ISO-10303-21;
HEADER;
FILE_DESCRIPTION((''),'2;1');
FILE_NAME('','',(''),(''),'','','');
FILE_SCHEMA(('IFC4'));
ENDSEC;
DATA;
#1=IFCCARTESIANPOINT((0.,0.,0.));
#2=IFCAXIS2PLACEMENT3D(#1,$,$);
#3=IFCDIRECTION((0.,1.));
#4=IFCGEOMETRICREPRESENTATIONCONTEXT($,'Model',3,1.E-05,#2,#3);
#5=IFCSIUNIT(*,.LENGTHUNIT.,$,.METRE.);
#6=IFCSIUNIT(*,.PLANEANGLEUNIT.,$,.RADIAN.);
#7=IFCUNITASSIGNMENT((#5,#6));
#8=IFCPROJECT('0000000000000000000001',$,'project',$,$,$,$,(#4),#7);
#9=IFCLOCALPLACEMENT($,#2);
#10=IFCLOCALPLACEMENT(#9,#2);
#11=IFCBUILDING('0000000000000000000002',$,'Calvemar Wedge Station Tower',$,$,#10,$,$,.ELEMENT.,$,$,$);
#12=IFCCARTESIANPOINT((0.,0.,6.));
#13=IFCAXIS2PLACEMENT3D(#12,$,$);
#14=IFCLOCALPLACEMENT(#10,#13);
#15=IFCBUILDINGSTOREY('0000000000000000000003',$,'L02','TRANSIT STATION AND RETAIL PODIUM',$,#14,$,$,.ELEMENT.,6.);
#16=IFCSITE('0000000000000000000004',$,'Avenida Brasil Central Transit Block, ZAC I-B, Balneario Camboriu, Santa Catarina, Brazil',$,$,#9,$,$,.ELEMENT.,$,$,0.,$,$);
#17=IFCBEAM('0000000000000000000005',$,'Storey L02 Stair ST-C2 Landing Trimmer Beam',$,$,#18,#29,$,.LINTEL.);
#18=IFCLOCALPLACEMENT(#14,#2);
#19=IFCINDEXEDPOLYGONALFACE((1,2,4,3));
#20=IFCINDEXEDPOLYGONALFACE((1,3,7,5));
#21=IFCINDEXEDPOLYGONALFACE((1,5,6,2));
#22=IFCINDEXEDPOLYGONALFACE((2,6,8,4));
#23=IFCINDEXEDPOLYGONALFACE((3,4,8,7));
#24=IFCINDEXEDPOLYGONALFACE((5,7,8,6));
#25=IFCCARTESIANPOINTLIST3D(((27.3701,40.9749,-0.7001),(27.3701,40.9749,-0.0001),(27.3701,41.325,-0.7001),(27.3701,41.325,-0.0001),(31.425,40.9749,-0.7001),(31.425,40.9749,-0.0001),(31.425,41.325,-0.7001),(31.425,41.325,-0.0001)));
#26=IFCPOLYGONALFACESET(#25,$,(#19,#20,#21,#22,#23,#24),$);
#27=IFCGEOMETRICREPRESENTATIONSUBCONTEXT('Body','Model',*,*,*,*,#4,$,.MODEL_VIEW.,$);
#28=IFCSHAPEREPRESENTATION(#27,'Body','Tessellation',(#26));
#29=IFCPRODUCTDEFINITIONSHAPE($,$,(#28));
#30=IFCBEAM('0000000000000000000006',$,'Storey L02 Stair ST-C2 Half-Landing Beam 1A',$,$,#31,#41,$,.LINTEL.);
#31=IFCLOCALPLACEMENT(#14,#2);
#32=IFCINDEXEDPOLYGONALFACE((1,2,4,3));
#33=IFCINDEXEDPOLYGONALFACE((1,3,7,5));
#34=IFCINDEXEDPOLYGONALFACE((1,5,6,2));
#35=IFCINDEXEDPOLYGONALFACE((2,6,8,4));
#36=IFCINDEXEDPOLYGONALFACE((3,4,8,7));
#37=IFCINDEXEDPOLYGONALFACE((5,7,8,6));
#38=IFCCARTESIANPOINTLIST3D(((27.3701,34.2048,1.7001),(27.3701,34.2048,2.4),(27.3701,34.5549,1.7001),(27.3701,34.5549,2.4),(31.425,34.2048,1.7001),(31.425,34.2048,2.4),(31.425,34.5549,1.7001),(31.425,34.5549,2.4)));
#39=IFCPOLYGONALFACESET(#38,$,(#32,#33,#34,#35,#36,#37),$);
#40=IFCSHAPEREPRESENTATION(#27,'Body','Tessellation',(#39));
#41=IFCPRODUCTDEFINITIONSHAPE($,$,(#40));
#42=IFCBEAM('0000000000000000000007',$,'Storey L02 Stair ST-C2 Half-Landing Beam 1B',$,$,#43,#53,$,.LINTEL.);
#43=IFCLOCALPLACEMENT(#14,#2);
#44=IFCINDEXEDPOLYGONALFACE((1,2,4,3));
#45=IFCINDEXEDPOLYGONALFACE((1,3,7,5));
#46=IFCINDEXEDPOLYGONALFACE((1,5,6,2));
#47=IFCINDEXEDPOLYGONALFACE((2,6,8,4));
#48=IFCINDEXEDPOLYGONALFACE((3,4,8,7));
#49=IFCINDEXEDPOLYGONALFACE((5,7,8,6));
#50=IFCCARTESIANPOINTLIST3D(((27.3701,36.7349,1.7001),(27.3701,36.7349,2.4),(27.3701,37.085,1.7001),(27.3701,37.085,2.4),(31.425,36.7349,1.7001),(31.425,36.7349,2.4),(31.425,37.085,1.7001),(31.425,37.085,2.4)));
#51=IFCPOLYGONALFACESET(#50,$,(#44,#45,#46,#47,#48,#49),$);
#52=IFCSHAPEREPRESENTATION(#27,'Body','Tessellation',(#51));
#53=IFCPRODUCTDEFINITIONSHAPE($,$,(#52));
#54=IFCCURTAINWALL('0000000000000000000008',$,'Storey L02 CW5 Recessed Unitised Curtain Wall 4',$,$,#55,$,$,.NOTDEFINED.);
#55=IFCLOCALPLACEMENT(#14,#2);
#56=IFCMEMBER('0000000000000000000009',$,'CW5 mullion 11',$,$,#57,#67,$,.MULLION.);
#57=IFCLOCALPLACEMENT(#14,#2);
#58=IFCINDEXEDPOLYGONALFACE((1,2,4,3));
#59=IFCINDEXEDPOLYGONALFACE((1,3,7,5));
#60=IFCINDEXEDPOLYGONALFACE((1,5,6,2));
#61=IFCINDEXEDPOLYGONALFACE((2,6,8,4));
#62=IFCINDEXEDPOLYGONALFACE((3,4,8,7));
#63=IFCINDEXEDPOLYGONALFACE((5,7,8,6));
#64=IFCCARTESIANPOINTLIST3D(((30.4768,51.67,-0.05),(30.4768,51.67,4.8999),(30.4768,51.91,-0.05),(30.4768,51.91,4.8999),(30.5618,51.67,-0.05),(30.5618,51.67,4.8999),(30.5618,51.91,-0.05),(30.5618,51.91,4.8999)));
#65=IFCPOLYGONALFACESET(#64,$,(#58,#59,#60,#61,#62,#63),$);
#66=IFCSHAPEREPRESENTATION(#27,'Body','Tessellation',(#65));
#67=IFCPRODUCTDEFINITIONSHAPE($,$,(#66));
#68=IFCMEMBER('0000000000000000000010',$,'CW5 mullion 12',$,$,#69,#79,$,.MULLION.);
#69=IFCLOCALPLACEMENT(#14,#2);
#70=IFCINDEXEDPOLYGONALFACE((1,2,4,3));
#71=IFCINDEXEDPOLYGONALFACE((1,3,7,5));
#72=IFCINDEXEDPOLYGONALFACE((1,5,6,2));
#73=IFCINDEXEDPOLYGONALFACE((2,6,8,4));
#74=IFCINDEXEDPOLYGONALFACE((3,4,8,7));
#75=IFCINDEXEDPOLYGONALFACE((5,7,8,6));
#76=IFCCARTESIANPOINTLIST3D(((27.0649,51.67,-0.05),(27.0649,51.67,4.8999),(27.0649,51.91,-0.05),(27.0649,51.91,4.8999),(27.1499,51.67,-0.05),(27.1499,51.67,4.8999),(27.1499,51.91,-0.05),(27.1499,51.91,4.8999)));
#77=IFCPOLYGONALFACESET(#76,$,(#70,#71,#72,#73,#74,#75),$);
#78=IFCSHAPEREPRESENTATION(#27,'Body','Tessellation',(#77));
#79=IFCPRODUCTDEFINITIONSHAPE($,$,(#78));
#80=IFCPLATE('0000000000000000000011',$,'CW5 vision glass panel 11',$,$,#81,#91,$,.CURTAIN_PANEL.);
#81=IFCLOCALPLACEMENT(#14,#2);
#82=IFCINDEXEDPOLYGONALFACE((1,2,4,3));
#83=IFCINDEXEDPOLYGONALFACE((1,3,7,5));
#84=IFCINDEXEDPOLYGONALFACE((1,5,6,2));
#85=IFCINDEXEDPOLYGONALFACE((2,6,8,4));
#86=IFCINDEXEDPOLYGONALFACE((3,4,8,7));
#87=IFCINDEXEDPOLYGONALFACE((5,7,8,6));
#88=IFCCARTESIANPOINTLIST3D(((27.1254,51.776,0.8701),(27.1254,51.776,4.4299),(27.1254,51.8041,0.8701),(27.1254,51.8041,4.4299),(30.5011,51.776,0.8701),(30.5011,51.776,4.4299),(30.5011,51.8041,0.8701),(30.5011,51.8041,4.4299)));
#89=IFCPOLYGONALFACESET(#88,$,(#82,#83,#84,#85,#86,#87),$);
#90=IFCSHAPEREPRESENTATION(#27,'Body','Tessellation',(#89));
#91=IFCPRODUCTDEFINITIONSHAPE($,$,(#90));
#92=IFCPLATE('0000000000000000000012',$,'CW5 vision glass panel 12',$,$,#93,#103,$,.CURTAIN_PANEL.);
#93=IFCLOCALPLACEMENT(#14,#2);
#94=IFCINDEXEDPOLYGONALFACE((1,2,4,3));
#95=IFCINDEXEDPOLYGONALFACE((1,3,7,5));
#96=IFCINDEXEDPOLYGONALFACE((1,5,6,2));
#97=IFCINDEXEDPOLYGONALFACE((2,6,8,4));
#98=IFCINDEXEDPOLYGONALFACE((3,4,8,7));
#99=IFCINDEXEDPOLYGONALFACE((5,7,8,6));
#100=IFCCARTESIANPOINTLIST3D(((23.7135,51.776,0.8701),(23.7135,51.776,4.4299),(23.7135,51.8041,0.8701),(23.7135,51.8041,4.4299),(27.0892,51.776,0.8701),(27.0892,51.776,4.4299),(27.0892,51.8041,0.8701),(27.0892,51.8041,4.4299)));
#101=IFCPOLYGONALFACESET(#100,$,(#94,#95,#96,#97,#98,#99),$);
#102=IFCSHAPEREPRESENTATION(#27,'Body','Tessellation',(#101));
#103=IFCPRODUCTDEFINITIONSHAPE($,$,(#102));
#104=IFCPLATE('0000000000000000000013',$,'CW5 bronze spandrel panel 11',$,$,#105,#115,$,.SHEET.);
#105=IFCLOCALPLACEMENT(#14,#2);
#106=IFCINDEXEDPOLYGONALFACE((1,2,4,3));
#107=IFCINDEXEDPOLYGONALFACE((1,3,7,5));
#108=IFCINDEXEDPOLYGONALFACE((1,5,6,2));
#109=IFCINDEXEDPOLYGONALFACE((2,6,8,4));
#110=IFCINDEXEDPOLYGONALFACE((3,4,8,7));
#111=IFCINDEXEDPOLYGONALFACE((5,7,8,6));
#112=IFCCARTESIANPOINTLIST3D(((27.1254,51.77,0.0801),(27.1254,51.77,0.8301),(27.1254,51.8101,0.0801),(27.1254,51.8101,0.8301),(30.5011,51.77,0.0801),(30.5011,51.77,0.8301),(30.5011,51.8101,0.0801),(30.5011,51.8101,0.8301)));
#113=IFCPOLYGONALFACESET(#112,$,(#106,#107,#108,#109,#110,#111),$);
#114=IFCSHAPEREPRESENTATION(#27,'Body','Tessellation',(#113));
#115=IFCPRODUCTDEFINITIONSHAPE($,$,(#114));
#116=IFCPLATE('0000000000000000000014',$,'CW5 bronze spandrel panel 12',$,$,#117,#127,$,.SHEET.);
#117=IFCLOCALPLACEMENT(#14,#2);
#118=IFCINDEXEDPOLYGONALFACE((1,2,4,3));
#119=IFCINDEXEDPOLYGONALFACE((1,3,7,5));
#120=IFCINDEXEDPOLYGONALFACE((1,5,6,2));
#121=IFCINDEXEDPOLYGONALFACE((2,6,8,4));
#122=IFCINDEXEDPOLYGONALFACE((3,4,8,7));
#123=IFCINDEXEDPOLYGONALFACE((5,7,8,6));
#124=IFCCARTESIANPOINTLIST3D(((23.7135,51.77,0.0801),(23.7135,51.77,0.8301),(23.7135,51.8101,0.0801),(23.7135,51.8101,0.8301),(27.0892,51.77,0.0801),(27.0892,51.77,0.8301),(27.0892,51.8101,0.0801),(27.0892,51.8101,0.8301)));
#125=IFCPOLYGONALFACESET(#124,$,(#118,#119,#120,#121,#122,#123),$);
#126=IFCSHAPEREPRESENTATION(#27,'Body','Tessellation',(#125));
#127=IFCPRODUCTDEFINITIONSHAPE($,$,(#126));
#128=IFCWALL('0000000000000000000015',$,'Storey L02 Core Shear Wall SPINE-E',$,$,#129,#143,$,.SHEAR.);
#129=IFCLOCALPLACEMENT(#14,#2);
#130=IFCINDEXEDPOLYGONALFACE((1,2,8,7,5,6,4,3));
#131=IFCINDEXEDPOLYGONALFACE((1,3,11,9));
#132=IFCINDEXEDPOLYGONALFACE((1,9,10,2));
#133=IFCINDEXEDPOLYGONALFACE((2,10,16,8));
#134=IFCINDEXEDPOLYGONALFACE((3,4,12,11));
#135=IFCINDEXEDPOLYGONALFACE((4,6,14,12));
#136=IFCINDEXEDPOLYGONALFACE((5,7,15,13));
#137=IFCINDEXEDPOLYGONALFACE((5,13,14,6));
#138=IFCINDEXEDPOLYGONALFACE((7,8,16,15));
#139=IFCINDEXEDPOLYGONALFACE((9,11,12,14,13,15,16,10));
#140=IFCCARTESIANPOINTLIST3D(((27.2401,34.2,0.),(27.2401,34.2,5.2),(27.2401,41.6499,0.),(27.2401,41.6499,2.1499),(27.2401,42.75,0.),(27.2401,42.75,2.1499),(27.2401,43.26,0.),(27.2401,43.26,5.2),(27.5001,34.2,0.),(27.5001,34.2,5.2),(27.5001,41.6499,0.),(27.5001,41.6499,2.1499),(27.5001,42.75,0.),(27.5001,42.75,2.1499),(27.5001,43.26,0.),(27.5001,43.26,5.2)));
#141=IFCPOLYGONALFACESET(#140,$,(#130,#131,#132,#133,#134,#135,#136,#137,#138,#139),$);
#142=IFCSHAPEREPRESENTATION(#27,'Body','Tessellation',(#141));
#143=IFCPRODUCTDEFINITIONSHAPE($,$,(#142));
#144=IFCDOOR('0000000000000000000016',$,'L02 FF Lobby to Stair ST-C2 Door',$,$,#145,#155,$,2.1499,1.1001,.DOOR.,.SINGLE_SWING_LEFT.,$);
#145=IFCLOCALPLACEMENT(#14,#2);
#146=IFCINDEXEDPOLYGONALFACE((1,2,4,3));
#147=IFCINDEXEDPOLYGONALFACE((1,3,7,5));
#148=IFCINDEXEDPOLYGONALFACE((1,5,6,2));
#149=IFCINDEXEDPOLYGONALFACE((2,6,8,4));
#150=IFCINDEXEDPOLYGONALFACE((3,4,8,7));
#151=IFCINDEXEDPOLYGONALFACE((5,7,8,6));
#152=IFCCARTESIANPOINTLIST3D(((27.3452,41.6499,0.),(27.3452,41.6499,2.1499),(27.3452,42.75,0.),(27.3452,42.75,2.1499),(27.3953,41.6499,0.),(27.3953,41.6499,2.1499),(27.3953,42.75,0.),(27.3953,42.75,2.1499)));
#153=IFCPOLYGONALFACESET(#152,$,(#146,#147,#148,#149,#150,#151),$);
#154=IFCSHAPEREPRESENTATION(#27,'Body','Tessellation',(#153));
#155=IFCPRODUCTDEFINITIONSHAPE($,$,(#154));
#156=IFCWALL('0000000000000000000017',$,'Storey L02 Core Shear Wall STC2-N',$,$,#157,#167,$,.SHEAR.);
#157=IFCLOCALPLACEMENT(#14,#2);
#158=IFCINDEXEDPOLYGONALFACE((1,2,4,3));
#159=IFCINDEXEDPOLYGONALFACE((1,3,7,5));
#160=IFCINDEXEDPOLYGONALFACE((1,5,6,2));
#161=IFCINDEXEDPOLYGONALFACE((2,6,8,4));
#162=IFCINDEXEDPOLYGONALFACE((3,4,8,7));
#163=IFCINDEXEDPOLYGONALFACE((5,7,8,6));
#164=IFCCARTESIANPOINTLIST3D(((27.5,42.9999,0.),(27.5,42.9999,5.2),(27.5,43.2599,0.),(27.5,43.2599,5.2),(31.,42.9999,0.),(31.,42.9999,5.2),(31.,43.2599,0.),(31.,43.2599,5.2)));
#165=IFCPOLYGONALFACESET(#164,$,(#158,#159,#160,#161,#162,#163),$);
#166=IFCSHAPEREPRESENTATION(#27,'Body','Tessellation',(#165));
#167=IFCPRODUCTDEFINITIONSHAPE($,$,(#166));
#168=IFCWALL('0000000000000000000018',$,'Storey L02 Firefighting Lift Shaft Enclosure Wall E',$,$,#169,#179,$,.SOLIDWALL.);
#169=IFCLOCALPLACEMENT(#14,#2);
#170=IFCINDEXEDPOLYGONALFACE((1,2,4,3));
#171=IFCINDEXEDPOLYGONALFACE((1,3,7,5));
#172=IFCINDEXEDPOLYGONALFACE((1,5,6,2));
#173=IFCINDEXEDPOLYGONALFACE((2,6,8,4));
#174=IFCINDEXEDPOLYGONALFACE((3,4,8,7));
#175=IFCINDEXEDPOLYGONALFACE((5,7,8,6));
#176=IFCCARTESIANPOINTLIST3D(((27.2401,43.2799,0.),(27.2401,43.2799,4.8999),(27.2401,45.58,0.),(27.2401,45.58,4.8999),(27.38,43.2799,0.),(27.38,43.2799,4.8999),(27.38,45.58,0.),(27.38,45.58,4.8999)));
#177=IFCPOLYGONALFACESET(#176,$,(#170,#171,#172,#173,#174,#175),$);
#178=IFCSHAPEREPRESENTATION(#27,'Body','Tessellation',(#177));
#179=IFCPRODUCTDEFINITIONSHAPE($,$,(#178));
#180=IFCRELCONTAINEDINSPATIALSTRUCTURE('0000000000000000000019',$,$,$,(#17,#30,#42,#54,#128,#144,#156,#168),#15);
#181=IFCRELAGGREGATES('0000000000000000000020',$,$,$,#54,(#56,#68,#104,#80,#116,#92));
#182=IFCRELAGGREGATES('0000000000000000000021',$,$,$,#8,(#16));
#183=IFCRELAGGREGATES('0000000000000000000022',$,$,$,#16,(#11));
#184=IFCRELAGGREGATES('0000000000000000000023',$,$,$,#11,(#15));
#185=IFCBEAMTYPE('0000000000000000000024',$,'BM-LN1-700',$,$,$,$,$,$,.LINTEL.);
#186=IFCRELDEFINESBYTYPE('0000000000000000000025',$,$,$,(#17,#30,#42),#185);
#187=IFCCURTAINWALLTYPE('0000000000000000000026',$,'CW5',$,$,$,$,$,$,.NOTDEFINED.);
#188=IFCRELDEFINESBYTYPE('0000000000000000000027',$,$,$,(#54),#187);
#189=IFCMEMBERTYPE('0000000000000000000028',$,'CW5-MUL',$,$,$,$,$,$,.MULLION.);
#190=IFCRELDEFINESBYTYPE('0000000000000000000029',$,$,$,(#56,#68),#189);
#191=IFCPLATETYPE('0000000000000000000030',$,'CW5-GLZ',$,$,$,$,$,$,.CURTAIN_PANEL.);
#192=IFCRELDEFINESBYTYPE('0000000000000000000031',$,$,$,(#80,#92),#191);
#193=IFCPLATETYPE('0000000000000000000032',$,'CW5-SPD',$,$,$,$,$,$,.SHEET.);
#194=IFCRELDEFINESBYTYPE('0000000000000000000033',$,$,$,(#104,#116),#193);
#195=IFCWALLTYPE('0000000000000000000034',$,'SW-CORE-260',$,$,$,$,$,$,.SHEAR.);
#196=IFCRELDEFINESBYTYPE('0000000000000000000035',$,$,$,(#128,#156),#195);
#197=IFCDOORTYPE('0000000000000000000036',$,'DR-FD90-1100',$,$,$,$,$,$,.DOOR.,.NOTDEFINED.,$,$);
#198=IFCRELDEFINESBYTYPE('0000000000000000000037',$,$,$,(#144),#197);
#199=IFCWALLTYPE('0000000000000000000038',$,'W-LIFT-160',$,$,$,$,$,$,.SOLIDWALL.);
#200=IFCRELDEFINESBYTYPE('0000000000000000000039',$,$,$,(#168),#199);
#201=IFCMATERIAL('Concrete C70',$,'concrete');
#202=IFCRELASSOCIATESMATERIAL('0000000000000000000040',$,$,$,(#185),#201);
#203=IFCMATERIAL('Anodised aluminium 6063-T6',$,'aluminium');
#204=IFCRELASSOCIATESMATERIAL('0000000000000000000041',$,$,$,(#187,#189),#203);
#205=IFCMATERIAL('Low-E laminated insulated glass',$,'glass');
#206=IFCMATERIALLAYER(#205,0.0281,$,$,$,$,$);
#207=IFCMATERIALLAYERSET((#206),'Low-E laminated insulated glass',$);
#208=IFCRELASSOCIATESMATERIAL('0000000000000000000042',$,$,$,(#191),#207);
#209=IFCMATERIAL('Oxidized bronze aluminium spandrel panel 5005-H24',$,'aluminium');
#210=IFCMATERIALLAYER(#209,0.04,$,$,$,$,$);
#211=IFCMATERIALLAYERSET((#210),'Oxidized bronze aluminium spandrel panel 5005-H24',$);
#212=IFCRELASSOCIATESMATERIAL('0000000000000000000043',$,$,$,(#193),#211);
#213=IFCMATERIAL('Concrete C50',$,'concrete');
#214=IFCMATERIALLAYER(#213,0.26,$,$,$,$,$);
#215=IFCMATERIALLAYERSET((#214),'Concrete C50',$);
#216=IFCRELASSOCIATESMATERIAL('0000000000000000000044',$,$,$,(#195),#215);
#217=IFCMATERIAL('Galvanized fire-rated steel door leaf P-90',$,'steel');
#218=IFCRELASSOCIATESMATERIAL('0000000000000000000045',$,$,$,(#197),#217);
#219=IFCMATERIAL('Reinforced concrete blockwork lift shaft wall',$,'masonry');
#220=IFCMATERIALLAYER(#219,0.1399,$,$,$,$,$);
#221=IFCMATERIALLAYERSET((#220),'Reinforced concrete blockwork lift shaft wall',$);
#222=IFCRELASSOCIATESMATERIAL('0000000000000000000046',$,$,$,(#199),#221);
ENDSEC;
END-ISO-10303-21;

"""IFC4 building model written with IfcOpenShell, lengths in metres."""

from ifc_helpers import new_model, si_unit, direction, frame, frame_2d, origin, origin_2d, place, context, subcontext, project, spatial, rectangle, extrude, source, transform, mapped, material, layer, layer_set, material_profile, profile_set, type_object, element, fill, aggregate, save


model = new_model("IFC4")

# Units and contexts
model_context = context("Model", 3, precision=1e-05, world=origin(), true_north=direction((0.0, 1.0)))
body_context = subcontext(model_context, "Body", "Model", "MODEL_VIEW")
ifc_project = project(units=[si_unit("LENGTHUNIT", "METRE"), si_unit("PLANEANGLEUNIT", "RADIAN")], contexts=[model_context])

# Site, building, storey
site_placement = place(None, origin())
site = spatial("IfcSite", under=ifc_project, at=site_placement, Name="Avenida Brasil Central Transit Block, ZAC I-B, Balneario Camboriu, Santa Catarina, Brazil", CompositionType="ELEMENT", RefElevation=0.0)
building_placement = place(site_placement, origin())
building = spatial("IfcBuilding", under=site, at=building_placement, Name="Calvemar Wedge Station Tower", CompositionType="ELEMENT")
storey_placement = place(building_placement, frame((0.0, 0.0, 6.0)))
storey = spatial("IfcBuildingStorey", under=building, at=storey_placement, Name="L02", Description="TRANSIT STATION AND RETAIL PODIUM", CompositionType="ELEMENT", Elevation=6.0)

# Beams
ifc_material_1 = material(Name="Concrete C70", Category="concrete")
ifc_material_profile_1 = material_profile(ifc_material_1, rectangle(XDim=0.3501, YDim=0.7, at=origin_2d()), Name="RC350x700")
ifc_profile_set_1 = profile_set([ifc_material_profile_1], Name="Concrete C70")
beam_type = type_object("IfcBeamType", Name="BM-LN1-700", PredefinedType="LINTEL", material=ifc_profile_set_1)
shared_shape_1 = source(origin(), body_context, "Body", "SweptSolid", [
    extrude(rectangle(XDim=0.3501, YDim=0.7, at=origin_2d()), origin(), (0.0, 0.0, 1.0), 4.0549),
])
for number, where, z_axis, x_axis, name in (
    (1, (27.3701, 41.1499, -0.3501), (1.0, 0.0, 0.0), (0.0, 1.0, 0.0), "Storey L02 Stair ST-C2 Landing Trimmer Beam"),
    (2, (27.3701, 34.3799, 2.05), (1.0, 0.0, 0.0), (0.0, 1.0, 0.0), "Storey L02 Stair ST-C2 Half-Landing Beam 1A"),
    (3, (27.3701, 36.9099, 2.05), (1.0, 0.0, 0.0), (0.0, 1.0, 0.0), "Storey L02 Stair ST-C2 Half-Landing Beam 1B"),
):
    element("IfcBeam", number, at=place(storey_placement, frame(where, z_axis=z_axis, x_axis=x_axis)), inside=storey, type_object=beam_type, Name=name, PredefinedType="LINTEL", context=body_context, shape_type="MappedRepresentation", body=[
        mapped(shared_shape_1, transform((0.0, 0.0, 0.0), scale=1.0)),
    ])

# Curtain wall, members, plates
ifc_material_2 = material(Name="Anodised aluminium 6063-T6", Category="aluminium")
curtain_wall_type = type_object("IfcCurtainWallType", Name="CW5", PredefinedType="NOTDEFINED", material=ifc_material_2)
curtain_wall_placement = place(storey_placement, origin())
curtain_wall = element("IfcCurtainWall", 4, at=curtain_wall_placement, inside=storey, type_object=curtain_wall_type, Name="Storey L02 CW5 Recessed Unitised Curtain Wall 4", PredefinedType="NOTDEFINED")
ifc_material_profile_2 = material_profile(ifc_material_2, rectangle(XDim=0.085, YDim=0.24, at=origin_2d()), Name="AL-MUL-85x240")
ifc_profile_set_2 = profile_set([ifc_material_profile_2], Name="Anodised aluminium 6063-T6")
member_type = type_object("IfcMemberType", Name="CW5-MUL", PredefinedType="MULLION", material=ifc_profile_set_2)
shared_shape_2 = source(origin(), body_context, "Body", "SweptSolid", [
    extrude(rectangle(XDim=0.085, YDim=0.24, at=origin_2d()), origin(), (0.0, 0.0, 1.0), 4.95),
])
member_1_placement = place(storey_placement, frame((30.5193, 51.79, -0.05), z_axis=(0.0, 0.0, 1.0), x_axis=(1.0, 0.0, 0.0)))
member_1 = element("IfcMember", 5, at=member_1_placement, type_object=member_type, Name="CW5 mullion 11", PredefinedType="MULLION", context=body_context, shape_type="MappedRepresentation", body=[
    mapped(shared_shape_2, transform((0.0, 0.0, 0.0), scale=1.0)),
])
member_2_placement = place(storey_placement, frame((27.1074, 51.79, -0.05), z_axis=(0.0, 0.0, 1.0), x_axis=(1.0, 0.0, 0.0)))
member_2 = element("IfcMember", 6, at=member_2_placement, type_object=member_type, Name="CW5 mullion 12", PredefinedType="MULLION", context=body_context, shape_type="MappedRepresentation", body=[
    mapped(shared_shape_2, transform((0.0, 0.0, 0.0), scale=1.0)),
])
ifc_material_3 = material(Name="Low-E laminated insulated glass", Category="glass")
ifc_layer_1 = layer(ifc_material_3, 0.0281)
ifc_layer_set_1 = layer_set([ifc_layer_1], Name="Low-E laminated insulated glass")
plate_type_1 = type_object("IfcPlateType", Name="CW5-GLZ", PredefinedType="CURTAIN_PANEL", material=ifc_layer_set_1)
plate_1_placement = place(storey_placement, frame((30.5012, 51.79, 0.8701), z_axis=(0.0, 0.0, 1.0), x_axis=(-1.0, 0.0, 0.0)))
plate_1 = element("IfcPlate", 7, at=plate_1_placement, type_object=plate_type_1, Name="CW5 vision glass panel 11", PredefinedType="CURTAIN_PANEL", context=body_context, shape_type="SweptSolid", body=[
    extrude(rectangle(XDim=3.3757, YDim=0.0281, at=frame_2d((1.688, 0.0))), origin(), (0.0, 0.0, 1.0), 3.5598),
])
plate_2_placement = place(storey_placement, frame((27.0894, 51.79, 0.8701), z_axis=(0.0, 0.0, 1.0), x_axis=(-1.0, 0.0, 0.0)))
plate_2 = element("IfcPlate", 8, at=plate_2_placement, type_object=plate_type_1, Name="CW5 vision glass panel 12", PredefinedType="CURTAIN_PANEL", context=body_context, shape_type="SweptSolid", body=[
    extrude(rectangle(XDim=3.3757, YDim=0.0281, at=frame_2d((1.688, 0.0))), origin(), (0.0, 0.0, 1.0), 3.5598),
])
ifc_material_4 = material(Name="Oxidized bronze aluminium spandrel panel 5005-H24", Category="aluminium")
ifc_layer_2 = layer(ifc_material_4, 0.04)
ifc_layer_set_2 = layer_set([ifc_layer_2], Name="Oxidized bronze aluminium spandrel panel 5005-H24")
plate_type_2 = type_object("IfcPlateType", Name="CW5-SPD", PredefinedType="SHEET", material=ifc_layer_set_2)
plate_3_placement = place(storey_placement, frame((30.5012, 51.79, 0.0801), z_axis=(0.0, 0.0, 1.0), x_axis=(-1.0, 0.0, 0.0)))
plate_3 = element("IfcPlate", 9, at=plate_3_placement, type_object=plate_type_2, Name="CW5 bronze spandrel panel 11", PredefinedType="SHEET", context=body_context, shape_type="SweptSolid", body=[
    extrude(rectangle(XDim=3.3757, YDim=0.04, at=frame_2d((1.688, 0.0))), origin(), (0.0, 0.0, 1.0), 0.75),
])
plate_4_placement = place(storey_placement, frame((27.0894, 51.79, 0.0801), z_axis=(0.0, 0.0, 1.0), x_axis=(-1.0, 0.0, 0.0)))
plate_4 = element("IfcPlate", 10, at=plate_4_placement, type_object=plate_type_2, Name="CW5 bronze spandrel panel 12", PredefinedType="SHEET", context=body_context, shape_type="SweptSolid", body=[
    extrude(rectangle(XDim=3.3757, YDim=0.04, at=frame_2d((1.688, 0.0))), origin(), (0.0, 0.0, 1.0), 0.75),
])
aggregate(curtain_wall, [member_1, member_2, plate_3, plate_1, plate_4, plate_2])

# Wall, opening, door
ifc_material_5 = material(Name="Concrete C50", Category="concrete")
ifc_layer_3 = layer(ifc_material_5, 0.26)
ifc_layer_set_3 = layer_set([ifc_layer_3], Name="Concrete C50")
wall_type_1 = type_object("IfcWallType", Name="SW-CORE-260", PredefinedType="SHEAR", material=ifc_layer_set_3)
wall_1_placement = place(storey_placement, frame((27.3701, 34.2, 0.0), z_axis=(0.0, 0.0, 1.0), x_axis=(0.0, 1.0, 0.0)))
wall_1 = element("IfcWall", 11, at=wall_1_placement, inside=storey, type_object=wall_type_1, Name="Storey L02 Core Shear Wall SPINE-E", PredefinedType="SHEAR", context=body_context, shape_type="SweptSolid", body=[
    extrude(rectangle(XDim=9.0601, YDim=0.26, at=frame_2d((4.53, 0.0))), origin(), (0.0, 0.0, 1.0), 5.2),
])
shared_shape_3 = source(origin(), body_context, "Body", "SweptSolid", [
    extrude(rectangle(XDim=1.1001, YDim=2.1499, at=frame_2d((0.55, 1.075))), frame((0.0, 0.1401, 0.0), z_axis=(0.0, -1.0, 0.0), x_axis=(1.0, 0.0, 0.0)), (0.0, 0.0, 1.0), 0.28),
])
opening_1_placement = place(wall_1_placement, frame((7.45, 0.0, 0.0)))
opening_1 = element("IfcOpeningElement", 12, at=opening_1_placement, cuts=wall_1, PredefinedType="OPENING", context=body_context, shape_type="MappedRepresentation", body=[
    mapped(shared_shape_3, transform((0.0, 0.0, 0.0), scale=1.0)),
])
ifc_material_6 = material(Name="Galvanized fire-rated steel door leaf P-90", Category="steel")
door_type_1 = type_object("IfcDoorType", Name="DR-FD90-1100", OperationType="NOTDEFINED", PredefinedType="DOOR", material=ifc_material_6)
shared_shape_4 = source(origin(), body_context, "Body", "SweptSolid", [
    extrude(rectangle(XDim=1.1001, YDim=2.1499, at=frame_2d((0.55, 1.075))), frame((0.0, 0.0249, 0.0), z_axis=(0.0, -1.0, 0.0), x_axis=(1.0, 0.0, 0.0)), (0.0, 0.0, 1.0), 0.05),
])
door_1_placement = place(opening_1_placement, origin())
door_1 = element("IfcDoor", 13, at=door_1_placement, inside=storey, type_object=door_type_1, Name="L02 FF Lobby to Stair ST-C2 Door", OperationType="SINGLE_SWING_LEFT", OverallHeight=2.1499, OverallWidth=1.1001, PredefinedType="DOOR", context=body_context, shape_type="MappedRepresentation", body=[
    mapped(shared_shape_4, transform((0.0, 0.0, 0.0), scale=1.0)),
])
fill(opening_1, door_1)

# Wall
wall_2_placement = place(storey_placement, frame((27.5, 43.1299, 0.0), z_axis=(0.0, 0.0, 1.0), x_axis=(1.0, 0.0, 0.0)))
element("IfcWall", 14, at=wall_2_placement, inside=storey, type_object=wall_type_1, Name="Storey L02 Core Shear Wall STC2-N", PredefinedType="SHEAR", context=body_context, shape_type="SweptSolid", body=[
    extrude(rectangle(XDim=3.5, YDim=0.26, at=frame_2d((1.75, 0.0))), origin(), (0.0, 0.0, 1.0), 5.2),
])

# Wall
ifc_material_7 = material(Name="Reinforced concrete blockwork lift shaft wall", Category="masonry")
ifc_layer_4 = layer(ifc_material_7, 0.1399)
ifc_layer_set_4 = layer_set([ifc_layer_4], Name="Reinforced concrete blockwork lift shaft wall")
wall_type_2 = type_object("IfcWallType", Name="W-LIFT-160", PredefinedType="SOLIDWALL", material=ifc_layer_set_4)
wall_3_placement = place(storey_placement, frame((27.3101, 43.28, 0.0), z_axis=(0.0, 0.0, 1.0), x_axis=(0.0, 1.0, 0.0)))
element("IfcWall", 15, at=wall_3_placement, inside=storey, type_object=wall_type_2, Name="Storey L02 Firefighting Lift Shaft Enclosure Wall E", PredefinedType="SOLIDWALL", context=body_context, shape_type="SweptSolid", body=[
    extrude(rectangle(XDim=2.3, YDim=0.1399, at=frame_2d((1.1499, 0.0))), origin(), (0.0, 0.0, 1.0), 4.8999),
])

save(model, "model.ifc")
